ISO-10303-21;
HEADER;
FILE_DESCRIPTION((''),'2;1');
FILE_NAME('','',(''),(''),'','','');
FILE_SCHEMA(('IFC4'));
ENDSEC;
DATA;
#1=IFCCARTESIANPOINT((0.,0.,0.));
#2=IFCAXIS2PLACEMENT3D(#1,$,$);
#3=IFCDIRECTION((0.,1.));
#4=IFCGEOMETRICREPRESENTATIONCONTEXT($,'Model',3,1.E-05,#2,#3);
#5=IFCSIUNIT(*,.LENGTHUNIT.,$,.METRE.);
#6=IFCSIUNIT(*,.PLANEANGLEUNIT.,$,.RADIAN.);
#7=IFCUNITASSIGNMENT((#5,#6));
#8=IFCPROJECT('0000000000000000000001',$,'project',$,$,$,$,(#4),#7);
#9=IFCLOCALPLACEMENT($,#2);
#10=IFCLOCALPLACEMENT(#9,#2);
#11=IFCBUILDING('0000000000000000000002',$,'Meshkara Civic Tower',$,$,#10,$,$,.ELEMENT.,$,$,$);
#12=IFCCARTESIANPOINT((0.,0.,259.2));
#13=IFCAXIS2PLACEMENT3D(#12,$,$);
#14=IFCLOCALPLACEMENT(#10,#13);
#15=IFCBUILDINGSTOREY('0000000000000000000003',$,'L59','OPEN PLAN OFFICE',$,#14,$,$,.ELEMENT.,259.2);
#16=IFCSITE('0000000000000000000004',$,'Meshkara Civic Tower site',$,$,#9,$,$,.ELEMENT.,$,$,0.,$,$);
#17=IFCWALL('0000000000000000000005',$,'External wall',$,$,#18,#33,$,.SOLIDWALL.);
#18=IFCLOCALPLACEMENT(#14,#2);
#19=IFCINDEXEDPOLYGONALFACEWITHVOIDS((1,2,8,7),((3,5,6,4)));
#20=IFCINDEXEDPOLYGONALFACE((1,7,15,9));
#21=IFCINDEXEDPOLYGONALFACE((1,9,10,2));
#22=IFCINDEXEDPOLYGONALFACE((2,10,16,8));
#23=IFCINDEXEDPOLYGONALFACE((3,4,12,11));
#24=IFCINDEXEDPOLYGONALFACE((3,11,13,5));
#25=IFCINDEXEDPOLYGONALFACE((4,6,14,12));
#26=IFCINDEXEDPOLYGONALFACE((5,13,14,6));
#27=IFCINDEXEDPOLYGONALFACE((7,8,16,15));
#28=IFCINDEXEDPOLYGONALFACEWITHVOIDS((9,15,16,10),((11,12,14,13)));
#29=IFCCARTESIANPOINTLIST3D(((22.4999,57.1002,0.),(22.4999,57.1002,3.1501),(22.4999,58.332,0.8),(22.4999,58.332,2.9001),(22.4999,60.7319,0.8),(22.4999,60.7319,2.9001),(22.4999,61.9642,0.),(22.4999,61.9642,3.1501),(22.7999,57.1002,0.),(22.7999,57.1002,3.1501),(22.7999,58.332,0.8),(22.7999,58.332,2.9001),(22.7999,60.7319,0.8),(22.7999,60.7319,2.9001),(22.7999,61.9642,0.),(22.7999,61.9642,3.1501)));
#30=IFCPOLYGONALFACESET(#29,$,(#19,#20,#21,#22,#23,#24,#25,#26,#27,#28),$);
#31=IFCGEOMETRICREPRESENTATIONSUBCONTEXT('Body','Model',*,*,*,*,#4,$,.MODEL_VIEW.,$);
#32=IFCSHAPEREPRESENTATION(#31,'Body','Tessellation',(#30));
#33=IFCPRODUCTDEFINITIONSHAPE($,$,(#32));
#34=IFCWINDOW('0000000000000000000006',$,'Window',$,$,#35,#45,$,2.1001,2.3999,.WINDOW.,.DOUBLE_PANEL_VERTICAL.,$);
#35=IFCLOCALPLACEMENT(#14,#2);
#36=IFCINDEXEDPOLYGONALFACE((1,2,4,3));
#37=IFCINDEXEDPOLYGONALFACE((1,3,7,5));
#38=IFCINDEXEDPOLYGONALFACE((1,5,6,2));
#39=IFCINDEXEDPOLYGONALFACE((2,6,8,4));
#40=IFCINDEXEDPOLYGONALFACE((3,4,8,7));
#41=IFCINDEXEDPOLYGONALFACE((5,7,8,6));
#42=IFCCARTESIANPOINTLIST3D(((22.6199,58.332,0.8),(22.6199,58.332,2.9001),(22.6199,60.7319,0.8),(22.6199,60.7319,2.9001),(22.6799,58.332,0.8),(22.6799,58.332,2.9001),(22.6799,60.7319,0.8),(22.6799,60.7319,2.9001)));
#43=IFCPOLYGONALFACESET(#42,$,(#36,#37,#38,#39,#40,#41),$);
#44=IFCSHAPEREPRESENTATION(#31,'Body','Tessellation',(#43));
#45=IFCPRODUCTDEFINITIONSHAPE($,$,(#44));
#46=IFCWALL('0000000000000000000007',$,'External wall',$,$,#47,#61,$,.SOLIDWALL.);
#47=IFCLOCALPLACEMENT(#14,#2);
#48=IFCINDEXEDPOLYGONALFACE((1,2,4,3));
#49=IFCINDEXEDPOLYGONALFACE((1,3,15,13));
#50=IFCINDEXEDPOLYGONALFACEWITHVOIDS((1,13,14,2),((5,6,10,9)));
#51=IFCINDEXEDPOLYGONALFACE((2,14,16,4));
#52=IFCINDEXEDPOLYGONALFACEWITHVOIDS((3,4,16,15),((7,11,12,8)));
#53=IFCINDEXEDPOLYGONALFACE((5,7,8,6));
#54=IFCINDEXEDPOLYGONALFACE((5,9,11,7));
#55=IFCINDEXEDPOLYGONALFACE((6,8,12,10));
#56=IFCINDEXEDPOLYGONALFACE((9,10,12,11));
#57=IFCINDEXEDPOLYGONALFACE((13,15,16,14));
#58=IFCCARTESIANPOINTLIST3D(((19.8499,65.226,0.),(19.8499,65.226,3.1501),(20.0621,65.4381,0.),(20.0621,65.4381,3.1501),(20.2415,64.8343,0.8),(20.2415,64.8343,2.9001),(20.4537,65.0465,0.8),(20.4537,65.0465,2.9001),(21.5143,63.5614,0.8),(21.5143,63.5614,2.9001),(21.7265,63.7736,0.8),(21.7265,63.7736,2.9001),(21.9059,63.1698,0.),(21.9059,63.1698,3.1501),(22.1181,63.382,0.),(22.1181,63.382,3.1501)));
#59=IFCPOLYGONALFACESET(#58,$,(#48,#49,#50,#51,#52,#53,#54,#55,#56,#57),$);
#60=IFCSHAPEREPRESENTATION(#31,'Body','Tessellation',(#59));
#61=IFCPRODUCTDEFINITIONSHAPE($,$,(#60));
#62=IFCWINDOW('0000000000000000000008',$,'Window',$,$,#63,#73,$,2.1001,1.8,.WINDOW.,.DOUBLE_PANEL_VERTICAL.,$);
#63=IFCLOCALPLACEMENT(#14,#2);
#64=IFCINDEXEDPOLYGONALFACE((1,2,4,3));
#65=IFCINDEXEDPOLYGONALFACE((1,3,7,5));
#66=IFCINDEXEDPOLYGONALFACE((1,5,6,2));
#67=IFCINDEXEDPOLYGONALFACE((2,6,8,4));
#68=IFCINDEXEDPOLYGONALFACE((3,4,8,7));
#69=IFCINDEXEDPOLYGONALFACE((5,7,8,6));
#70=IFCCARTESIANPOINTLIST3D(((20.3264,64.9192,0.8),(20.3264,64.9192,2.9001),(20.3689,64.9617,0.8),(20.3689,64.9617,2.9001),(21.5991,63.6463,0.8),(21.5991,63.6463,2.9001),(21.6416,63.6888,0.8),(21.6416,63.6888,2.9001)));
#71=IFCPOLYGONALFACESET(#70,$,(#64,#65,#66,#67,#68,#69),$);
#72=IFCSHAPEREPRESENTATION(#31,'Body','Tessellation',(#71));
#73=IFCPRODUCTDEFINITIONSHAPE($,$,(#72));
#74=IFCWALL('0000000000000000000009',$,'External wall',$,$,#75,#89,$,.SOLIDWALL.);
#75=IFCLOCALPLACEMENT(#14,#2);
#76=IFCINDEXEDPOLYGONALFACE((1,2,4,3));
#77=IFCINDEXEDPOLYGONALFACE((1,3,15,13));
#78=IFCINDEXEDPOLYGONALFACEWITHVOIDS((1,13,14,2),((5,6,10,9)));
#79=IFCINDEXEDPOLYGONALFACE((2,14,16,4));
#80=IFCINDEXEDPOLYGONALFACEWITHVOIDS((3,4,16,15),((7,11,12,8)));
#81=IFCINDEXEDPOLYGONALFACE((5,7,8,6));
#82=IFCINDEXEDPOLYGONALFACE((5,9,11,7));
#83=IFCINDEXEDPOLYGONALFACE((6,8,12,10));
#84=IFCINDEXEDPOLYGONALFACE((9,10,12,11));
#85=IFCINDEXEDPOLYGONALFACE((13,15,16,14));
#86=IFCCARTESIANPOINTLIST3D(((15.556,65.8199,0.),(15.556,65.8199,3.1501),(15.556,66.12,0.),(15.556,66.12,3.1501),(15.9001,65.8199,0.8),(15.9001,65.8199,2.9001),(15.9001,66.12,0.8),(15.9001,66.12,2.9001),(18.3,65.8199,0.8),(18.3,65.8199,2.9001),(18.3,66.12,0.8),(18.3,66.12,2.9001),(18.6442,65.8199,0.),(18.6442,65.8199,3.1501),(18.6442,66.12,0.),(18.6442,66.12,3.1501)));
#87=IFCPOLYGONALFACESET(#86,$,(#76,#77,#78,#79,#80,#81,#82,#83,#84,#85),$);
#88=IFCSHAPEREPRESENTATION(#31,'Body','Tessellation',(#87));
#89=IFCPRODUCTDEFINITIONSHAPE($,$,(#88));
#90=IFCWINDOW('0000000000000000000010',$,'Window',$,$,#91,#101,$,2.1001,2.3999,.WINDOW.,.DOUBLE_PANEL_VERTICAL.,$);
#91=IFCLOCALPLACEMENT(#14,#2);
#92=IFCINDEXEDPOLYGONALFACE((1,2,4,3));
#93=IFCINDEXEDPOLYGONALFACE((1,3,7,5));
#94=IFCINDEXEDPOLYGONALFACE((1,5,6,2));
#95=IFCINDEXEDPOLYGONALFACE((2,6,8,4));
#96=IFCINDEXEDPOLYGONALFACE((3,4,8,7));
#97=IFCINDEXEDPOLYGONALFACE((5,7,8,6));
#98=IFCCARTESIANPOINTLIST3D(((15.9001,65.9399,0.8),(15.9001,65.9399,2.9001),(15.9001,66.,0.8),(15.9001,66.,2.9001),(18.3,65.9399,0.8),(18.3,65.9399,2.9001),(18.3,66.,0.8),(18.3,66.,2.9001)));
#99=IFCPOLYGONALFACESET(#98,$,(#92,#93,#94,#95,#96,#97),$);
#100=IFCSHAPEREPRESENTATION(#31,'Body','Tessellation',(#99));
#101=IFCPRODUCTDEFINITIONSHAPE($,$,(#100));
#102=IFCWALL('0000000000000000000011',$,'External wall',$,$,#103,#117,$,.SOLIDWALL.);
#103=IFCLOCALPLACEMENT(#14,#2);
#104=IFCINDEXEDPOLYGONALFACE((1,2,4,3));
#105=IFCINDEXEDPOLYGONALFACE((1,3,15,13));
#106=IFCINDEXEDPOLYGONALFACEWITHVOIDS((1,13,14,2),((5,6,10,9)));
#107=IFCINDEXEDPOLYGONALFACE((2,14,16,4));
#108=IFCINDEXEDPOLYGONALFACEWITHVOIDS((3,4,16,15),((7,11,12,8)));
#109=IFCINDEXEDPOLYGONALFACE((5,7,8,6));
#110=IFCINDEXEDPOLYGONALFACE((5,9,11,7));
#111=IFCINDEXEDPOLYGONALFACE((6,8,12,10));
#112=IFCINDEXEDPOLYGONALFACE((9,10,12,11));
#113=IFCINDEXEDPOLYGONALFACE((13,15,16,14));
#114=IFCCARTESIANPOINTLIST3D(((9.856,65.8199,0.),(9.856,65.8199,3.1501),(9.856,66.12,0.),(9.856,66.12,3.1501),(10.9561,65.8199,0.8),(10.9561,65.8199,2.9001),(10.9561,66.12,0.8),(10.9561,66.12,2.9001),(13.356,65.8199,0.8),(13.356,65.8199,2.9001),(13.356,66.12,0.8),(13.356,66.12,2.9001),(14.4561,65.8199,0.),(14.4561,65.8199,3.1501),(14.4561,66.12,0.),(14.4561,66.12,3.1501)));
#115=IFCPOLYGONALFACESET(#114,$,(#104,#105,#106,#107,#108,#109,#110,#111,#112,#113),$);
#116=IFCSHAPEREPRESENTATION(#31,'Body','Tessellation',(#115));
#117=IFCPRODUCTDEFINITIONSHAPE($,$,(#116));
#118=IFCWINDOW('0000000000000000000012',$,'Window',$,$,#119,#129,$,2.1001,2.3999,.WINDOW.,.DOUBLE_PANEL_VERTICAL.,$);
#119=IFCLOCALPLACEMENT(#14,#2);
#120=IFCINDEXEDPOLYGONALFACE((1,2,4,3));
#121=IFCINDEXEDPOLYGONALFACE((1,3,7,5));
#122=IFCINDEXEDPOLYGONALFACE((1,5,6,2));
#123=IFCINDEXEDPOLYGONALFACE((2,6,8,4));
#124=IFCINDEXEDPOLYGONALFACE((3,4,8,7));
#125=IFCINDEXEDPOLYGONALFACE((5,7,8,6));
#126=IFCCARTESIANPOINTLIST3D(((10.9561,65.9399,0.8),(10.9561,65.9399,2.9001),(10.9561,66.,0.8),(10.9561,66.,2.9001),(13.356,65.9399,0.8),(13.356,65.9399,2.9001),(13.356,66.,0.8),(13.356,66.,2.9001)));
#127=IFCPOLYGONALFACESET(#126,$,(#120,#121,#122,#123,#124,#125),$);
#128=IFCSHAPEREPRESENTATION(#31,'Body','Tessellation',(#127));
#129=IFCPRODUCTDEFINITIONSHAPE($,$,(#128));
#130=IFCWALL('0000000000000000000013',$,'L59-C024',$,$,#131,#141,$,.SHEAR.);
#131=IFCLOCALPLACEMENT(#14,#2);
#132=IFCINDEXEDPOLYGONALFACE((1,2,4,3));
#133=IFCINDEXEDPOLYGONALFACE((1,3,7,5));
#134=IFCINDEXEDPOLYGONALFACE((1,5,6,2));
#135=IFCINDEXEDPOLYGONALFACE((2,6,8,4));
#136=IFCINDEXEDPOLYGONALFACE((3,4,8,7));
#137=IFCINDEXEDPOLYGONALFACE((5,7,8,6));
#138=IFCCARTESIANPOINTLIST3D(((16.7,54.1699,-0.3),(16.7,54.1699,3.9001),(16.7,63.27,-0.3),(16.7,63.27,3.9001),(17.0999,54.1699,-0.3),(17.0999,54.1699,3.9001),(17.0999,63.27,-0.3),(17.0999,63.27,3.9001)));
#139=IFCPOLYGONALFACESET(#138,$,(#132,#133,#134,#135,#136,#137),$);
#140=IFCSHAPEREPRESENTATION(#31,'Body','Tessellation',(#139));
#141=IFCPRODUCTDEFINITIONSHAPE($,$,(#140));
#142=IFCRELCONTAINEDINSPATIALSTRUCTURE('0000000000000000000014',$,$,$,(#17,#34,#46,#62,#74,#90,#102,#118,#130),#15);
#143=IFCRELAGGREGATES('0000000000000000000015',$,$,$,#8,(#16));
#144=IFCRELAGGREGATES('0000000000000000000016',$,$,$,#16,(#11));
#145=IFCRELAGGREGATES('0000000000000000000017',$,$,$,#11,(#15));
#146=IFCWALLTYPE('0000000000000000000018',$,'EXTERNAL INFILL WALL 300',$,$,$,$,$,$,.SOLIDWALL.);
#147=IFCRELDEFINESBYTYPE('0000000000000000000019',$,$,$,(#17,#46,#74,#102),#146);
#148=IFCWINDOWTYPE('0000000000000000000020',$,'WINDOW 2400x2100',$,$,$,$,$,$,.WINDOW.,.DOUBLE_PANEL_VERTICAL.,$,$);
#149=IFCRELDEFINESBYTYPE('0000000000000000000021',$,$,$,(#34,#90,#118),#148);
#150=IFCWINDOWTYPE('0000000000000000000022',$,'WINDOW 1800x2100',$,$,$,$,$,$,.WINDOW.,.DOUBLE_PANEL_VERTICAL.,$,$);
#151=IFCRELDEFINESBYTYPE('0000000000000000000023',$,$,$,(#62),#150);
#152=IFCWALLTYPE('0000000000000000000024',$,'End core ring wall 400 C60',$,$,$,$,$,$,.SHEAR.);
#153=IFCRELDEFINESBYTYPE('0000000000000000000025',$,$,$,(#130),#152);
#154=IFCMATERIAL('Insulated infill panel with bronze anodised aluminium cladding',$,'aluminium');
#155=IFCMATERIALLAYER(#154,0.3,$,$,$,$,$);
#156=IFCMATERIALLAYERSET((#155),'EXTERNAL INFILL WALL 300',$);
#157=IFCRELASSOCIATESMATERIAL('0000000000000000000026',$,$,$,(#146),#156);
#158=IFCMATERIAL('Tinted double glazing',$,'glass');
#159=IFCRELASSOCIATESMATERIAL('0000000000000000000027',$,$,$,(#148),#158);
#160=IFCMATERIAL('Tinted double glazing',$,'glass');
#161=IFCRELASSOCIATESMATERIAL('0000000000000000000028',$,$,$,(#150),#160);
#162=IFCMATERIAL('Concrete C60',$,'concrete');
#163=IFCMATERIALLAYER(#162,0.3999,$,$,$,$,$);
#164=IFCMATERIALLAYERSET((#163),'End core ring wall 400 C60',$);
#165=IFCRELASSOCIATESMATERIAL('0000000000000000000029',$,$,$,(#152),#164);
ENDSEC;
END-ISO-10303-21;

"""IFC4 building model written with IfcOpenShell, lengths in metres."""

from ifc_helpers import new_model, si_unit, direction, frame, frame_2d, origin, place, context, subcontext, project, spatial, rectangle, extrude, material, layer, layer_set, type_object, element, fill, save


model = new_model("IFC4")

# Units and contexts
model_context = context("Model", 3, precision=1e-05, world=origin(), true_north=direction((0.0, 1.0)))
body_context = subcontext(model_context, "Body", "Model", "MODEL_VIEW")
ifc_project = project(units=[si_unit("LENGTHUNIT", "METRE"), si_unit("PLANEANGLEUNIT", "RADIAN")], contexts=[model_context])

# Site, building, storey
site_placement = place(None, origin())
site = spatial("IfcSite", under=ifc_project, at=site_placement, Name="Meshkara Civic Tower site", CompositionType="ELEMENT", RefElevation=0.0)
building_placement = place(site_placement, origin())
building = spatial("IfcBuilding", under=site, at=building_placement, Name="Meshkara Civic Tower", CompositionType="ELEMENT")
storey_placement = place(building_placement, frame((0.0, 0.0, 259.2)))
storey = spatial("IfcBuildingStorey", under=building, at=storey_placement, Name="L59", Description="OPEN PLAN OFFICE", CompositionType="ELEMENT", Elevation=259.2)

# Walls, openings, windows
ifc_material_1 = material(Name="Insulated infill panel with bronze anodised aluminium cladding", Category="aluminium")
ifc_layer_1 = layer(ifc_material_1, 0.3)
ifc_layer_set_1 = layer_set([ifc_layer_1], Name="EXTERNAL INFILL WALL 300")
wall_type_1 = type_object("IfcWallType", Name="EXTERNAL INFILL WALL 300", PredefinedType="SOLIDWALL", material=ifc_layer_set_1)
wall_1_placement = place(storey_placement, frame((22.6499, 57.1001, 0.0), z_axis=(0.0, 0.0, 1.0), x_axis=(0.0, 1.0, 0.0)))
wall_1 = element("IfcWall", 1, at=wall_1_placement, inside=storey, type_object=wall_type_1, Name="External wall", PredefinedType="SOLIDWALL", context=body_context, shape_type="SweptSolid", body=[
    extrude(rectangle(XDim=4.864, YDim=0.3, at=frame_2d((2.4321, 0.0))), origin(), (0.0, 0.0, 1.0), 3.1501),
])
opening_1_placement = place(wall_1_placement, frame((1.2319, 0.0, 0.8)))
opening_1 = element("IfcOpeningElement", 2, at=opening_1_placement, cuts=wall_1, PredefinedType="OPENING", context=body_context, shape_type="SweptSolid", body=[
    extrude(rectangle(XDim=2.3999, YDim=2.1001, at=frame_2d((1.2, 1.05))), frame((0.0, 0.1599, 0.0), z_axis=(0.0, -1.0, 0.0), x_axis=(1.0, 0.0, 0.0)), (0.0, 0.0, 1.0), 0.3201),
])
ifc_material_2 = material(Name="Tinted double glazing", Category="glass")
window_type_1 = type_object("IfcWindowType", Name="WINDOW 2400x2100", PartitioningType="DOUBLE_PANEL_VERTICAL", PredefinedType="WINDOW", material=ifc_material_2)
window_1_placement = place(opening_1_placement, origin())
window_1 = element("IfcWindow", 3, at=window_1_placement, inside=storey, type_object=window_type_1, Name="Window", OverallHeight=2.1001, OverallWidth=2.3999, PartitioningType="DOUBLE_PANEL_VERTICAL", PredefinedType="WINDOW", context=body_context, shape_type="SweptSolid", body=[
    extrude(rectangle(XDim=2.3999, YDim=2.1001, at=frame_2d((1.2, 1.05))), frame((0.0, 0.03, 0.0), z_axis=(0.0, -1.0, 0.0), x_axis=(1.0, 0.0, 0.0)), (0.0, 0.0, 1.0), 0.0601),
])
fill(opening_1, window_1)
wall_2_placement = place(storey_placement, frame((22.012, 63.2759, 0.0), z_axis=(0.0, 0.0, 1.0), x_axis=(-0.707065, 0.707149, 0.0)))
wall_2 = element("IfcWall", 4, at=wall_2_placement, inside=storey, type_object=wall_type_1, Name="External wall", PredefinedType="SOLIDWALL", context=body_context, shape_type="SweptSolid", body=[
    extrude(rectangle(XDim=2.9077, YDim=0.3, at=frame_2d((1.4539, 0.0))), origin(), (0.0, 0.0, 1.0), 3.1501),
])
opening_2_placement = place(wall_2_placement, frame((0.554, 0.0, 0.8)))
opening_2 = element("IfcOpeningElement", 5, at=opening_2_placement, cuts=wall_2, PredefinedType="OPENING", context=body_context, shape_type="SweptSolid", body=[
    extrude(rectangle(XDim=1.8, YDim=2.1001, at=frame_2d((0.8999, 1.05))), frame((0.0, 0.1599, 0.0), z_axis=(0.0, -1.0, 0.0), x_axis=(1.0, 0.0, 0.0)), (0.0, 0.0, 1.0), 0.3201),
])
ifc_material_3 = material(Name="Tinted double glazing", Category="glass")
window_type_2 = type_object("IfcWindowType", Name="WINDOW 1800x2100", PartitioningType="DOUBLE_PANEL_VERTICAL", PredefinedType="WINDOW", material=ifc_material_3)
window_2_placement = place(opening_2_placement, origin())
window_2 = element("IfcWindow", 6, at=window_2_placement, inside=storey, type_object=window_type_2, Name="Window", OverallHeight=2.1001, OverallWidth=1.8, PartitioningType="DOUBLE_PANEL_VERTICAL", PredefinedType="WINDOW", context=body_context, shape_type="SweptSolid", body=[
    extrude(rectangle(XDim=1.8, YDim=2.1001, at=frame_2d((0.8999, 1.05))), frame((0.0, 0.03, 0.0), z_axis=(0.0, -1.0, 0.0), x_axis=(1.0, 0.0, 0.0)), (0.0, 0.0, 1.0), 0.0601),
])
fill(opening_2, window_2)
wall_3_placement = place(storey_placement, frame((18.644, 65.97, 0.0), z_axis=(0.0, 0.0, 1.0), x_axis=(-1.0, 0.0, 0.0)))
wall_3 = element("IfcWall", 7, at=wall_3_placement, inside=storey, type_object=wall_type_1, Name="External wall", PredefinedType="SOLIDWALL", context=body_context, shape_type="SweptSolid", body=[
    extrude(rectangle(XDim=3.0881, YDim=0.3, at=frame_2d((1.5439, 0.0))), origin(), (0.0, 0.0, 1.0), 3.1501),
])
opening_3_placement = place(wall_3_placement, frame((0.344, 0.0, 0.8)))
opening_3 = element("IfcOpeningElement", 8, at=opening_3_placement, cuts=wall_3, PredefinedType="OPENING", context=body_context, shape_type="SweptSolid", body=[
    extrude(rectangle(XDim=2.3999, YDim=2.1001, at=frame_2d((1.2, 1.05))), frame((0.0, 0.1599, 0.0), z_axis=(0.0, -1.0, 0.0), x_axis=(1.0, 0.0, 0.0)), (0.0, 0.0, 1.0), 0.3201),
])
window_3_placement = place(opening_3_placement, origin())
window_3 = element("IfcWindow", 9, at=window_3_placement, inside=storey, type_object=window_type_1, Name="Window", OverallHeight=2.1001, OverallWidth=2.3999, PartitioningType="DOUBLE_PANEL_VERTICAL", PredefinedType="WINDOW", context=body_context, shape_type="SweptSolid", body=[
    extrude(rectangle(XDim=2.3999, YDim=2.1001, at=frame_2d((1.2, 1.05))), frame((0.0, 0.03, 0.0), z_axis=(0.0, -1.0, 0.0), x_axis=(1.0, 0.0, 0.0)), (0.0, 0.0, 1.0), 0.0601),
])
fill(opening_3, window_3)
wall_4_placement = place(storey_placement, frame((14.4561, 65.97, 0.0), z_axis=(0.0, 0.0, 1.0), x_axis=(-1.0, 0.0, 0.0)))
wall_4 = element("IfcWall", 10, at=wall_4_placement, inside=storey, type_object=wall_type_1, Name="External wall", PredefinedType="SOLIDWALL", context=body_context, shape_type="SweptSolid", body=[
    extrude(rectangle(XDim=4.6001, YDim=0.3, at=frame_2d((2.3, 0.0))), origin(), (0.0, 0.0, 1.0), 3.1501),
])
opening_4_placement = place(wall_4_placement, frame((1.1001, 0.0, 0.8)))
opening_4 = element("IfcOpeningElement", 11, at=opening_4_placement, cuts=wall_4, PredefinedType="OPENING", context=body_context, shape_type="SweptSolid", body=[
    extrude(rectangle(XDim=2.3999, YDim=2.1001, at=frame_2d((1.2, 1.05))), frame((0.0, 0.1599, 0.0), z_axis=(0.0, -1.0, 0.0), x_axis=(1.0, 0.0, 0.0)), (0.0, 0.0, 1.0), 0.3201),
])
window_4_placement = place(opening_4_placement, origin())
window_4 = element("IfcWindow", 12, at=window_4_placement, inside=storey, type_object=window_type_1, Name="Window", OverallHeight=2.1001, OverallWidth=2.3999, PartitioningType="DOUBLE_PANEL_VERTICAL", PredefinedType="WINDOW", context=body_context, shape_type="SweptSolid", body=[
    extrude(rectangle(XDim=2.3999, YDim=2.1001, at=frame_2d((1.2, 1.05))), frame((0.0, 0.03, 0.0), z_axis=(0.0, -1.0, 0.0), x_axis=(1.0, 0.0, 0.0)), (0.0, 0.0, 1.0), 0.0601),
])
fill(opening_4, window_4)

# Wall
ifc_material_4 = material(Name="Concrete C60", Category="concrete")
ifc_layer_2 = layer(ifc_material_4, 0.3999)
ifc_layer_set_2 = layer_set([ifc_layer_2], Name="End core ring wall 400 C60")
wall_type_2 = type_object("IfcWallType", Name="End core ring wall 400 C60", PredefinedType="SHEAR", material=ifc_layer_set_2)
wall_5_placement = place(storey_placement, frame((16.8999, 54.1699, -0.3), z_axis=(0.0, 0.0, 1.0), x_axis=(0.0, 1.0, 0.0)))
element("IfcWall", 13, at=wall_5_placement, inside=storey, type_object=wall_type_2, Name="L59-C024", PredefinedType="SHEAR", context=body_context, shape_type="SweptSolid", body=[
    extrude(rectangle(XDim=9.1001, YDim=0.3999, at=frame_2d((4.55, 0.0))), origin(), (0.0, 0.0, 1.0), 4.2002),
])

save(model, "model.ifc")
